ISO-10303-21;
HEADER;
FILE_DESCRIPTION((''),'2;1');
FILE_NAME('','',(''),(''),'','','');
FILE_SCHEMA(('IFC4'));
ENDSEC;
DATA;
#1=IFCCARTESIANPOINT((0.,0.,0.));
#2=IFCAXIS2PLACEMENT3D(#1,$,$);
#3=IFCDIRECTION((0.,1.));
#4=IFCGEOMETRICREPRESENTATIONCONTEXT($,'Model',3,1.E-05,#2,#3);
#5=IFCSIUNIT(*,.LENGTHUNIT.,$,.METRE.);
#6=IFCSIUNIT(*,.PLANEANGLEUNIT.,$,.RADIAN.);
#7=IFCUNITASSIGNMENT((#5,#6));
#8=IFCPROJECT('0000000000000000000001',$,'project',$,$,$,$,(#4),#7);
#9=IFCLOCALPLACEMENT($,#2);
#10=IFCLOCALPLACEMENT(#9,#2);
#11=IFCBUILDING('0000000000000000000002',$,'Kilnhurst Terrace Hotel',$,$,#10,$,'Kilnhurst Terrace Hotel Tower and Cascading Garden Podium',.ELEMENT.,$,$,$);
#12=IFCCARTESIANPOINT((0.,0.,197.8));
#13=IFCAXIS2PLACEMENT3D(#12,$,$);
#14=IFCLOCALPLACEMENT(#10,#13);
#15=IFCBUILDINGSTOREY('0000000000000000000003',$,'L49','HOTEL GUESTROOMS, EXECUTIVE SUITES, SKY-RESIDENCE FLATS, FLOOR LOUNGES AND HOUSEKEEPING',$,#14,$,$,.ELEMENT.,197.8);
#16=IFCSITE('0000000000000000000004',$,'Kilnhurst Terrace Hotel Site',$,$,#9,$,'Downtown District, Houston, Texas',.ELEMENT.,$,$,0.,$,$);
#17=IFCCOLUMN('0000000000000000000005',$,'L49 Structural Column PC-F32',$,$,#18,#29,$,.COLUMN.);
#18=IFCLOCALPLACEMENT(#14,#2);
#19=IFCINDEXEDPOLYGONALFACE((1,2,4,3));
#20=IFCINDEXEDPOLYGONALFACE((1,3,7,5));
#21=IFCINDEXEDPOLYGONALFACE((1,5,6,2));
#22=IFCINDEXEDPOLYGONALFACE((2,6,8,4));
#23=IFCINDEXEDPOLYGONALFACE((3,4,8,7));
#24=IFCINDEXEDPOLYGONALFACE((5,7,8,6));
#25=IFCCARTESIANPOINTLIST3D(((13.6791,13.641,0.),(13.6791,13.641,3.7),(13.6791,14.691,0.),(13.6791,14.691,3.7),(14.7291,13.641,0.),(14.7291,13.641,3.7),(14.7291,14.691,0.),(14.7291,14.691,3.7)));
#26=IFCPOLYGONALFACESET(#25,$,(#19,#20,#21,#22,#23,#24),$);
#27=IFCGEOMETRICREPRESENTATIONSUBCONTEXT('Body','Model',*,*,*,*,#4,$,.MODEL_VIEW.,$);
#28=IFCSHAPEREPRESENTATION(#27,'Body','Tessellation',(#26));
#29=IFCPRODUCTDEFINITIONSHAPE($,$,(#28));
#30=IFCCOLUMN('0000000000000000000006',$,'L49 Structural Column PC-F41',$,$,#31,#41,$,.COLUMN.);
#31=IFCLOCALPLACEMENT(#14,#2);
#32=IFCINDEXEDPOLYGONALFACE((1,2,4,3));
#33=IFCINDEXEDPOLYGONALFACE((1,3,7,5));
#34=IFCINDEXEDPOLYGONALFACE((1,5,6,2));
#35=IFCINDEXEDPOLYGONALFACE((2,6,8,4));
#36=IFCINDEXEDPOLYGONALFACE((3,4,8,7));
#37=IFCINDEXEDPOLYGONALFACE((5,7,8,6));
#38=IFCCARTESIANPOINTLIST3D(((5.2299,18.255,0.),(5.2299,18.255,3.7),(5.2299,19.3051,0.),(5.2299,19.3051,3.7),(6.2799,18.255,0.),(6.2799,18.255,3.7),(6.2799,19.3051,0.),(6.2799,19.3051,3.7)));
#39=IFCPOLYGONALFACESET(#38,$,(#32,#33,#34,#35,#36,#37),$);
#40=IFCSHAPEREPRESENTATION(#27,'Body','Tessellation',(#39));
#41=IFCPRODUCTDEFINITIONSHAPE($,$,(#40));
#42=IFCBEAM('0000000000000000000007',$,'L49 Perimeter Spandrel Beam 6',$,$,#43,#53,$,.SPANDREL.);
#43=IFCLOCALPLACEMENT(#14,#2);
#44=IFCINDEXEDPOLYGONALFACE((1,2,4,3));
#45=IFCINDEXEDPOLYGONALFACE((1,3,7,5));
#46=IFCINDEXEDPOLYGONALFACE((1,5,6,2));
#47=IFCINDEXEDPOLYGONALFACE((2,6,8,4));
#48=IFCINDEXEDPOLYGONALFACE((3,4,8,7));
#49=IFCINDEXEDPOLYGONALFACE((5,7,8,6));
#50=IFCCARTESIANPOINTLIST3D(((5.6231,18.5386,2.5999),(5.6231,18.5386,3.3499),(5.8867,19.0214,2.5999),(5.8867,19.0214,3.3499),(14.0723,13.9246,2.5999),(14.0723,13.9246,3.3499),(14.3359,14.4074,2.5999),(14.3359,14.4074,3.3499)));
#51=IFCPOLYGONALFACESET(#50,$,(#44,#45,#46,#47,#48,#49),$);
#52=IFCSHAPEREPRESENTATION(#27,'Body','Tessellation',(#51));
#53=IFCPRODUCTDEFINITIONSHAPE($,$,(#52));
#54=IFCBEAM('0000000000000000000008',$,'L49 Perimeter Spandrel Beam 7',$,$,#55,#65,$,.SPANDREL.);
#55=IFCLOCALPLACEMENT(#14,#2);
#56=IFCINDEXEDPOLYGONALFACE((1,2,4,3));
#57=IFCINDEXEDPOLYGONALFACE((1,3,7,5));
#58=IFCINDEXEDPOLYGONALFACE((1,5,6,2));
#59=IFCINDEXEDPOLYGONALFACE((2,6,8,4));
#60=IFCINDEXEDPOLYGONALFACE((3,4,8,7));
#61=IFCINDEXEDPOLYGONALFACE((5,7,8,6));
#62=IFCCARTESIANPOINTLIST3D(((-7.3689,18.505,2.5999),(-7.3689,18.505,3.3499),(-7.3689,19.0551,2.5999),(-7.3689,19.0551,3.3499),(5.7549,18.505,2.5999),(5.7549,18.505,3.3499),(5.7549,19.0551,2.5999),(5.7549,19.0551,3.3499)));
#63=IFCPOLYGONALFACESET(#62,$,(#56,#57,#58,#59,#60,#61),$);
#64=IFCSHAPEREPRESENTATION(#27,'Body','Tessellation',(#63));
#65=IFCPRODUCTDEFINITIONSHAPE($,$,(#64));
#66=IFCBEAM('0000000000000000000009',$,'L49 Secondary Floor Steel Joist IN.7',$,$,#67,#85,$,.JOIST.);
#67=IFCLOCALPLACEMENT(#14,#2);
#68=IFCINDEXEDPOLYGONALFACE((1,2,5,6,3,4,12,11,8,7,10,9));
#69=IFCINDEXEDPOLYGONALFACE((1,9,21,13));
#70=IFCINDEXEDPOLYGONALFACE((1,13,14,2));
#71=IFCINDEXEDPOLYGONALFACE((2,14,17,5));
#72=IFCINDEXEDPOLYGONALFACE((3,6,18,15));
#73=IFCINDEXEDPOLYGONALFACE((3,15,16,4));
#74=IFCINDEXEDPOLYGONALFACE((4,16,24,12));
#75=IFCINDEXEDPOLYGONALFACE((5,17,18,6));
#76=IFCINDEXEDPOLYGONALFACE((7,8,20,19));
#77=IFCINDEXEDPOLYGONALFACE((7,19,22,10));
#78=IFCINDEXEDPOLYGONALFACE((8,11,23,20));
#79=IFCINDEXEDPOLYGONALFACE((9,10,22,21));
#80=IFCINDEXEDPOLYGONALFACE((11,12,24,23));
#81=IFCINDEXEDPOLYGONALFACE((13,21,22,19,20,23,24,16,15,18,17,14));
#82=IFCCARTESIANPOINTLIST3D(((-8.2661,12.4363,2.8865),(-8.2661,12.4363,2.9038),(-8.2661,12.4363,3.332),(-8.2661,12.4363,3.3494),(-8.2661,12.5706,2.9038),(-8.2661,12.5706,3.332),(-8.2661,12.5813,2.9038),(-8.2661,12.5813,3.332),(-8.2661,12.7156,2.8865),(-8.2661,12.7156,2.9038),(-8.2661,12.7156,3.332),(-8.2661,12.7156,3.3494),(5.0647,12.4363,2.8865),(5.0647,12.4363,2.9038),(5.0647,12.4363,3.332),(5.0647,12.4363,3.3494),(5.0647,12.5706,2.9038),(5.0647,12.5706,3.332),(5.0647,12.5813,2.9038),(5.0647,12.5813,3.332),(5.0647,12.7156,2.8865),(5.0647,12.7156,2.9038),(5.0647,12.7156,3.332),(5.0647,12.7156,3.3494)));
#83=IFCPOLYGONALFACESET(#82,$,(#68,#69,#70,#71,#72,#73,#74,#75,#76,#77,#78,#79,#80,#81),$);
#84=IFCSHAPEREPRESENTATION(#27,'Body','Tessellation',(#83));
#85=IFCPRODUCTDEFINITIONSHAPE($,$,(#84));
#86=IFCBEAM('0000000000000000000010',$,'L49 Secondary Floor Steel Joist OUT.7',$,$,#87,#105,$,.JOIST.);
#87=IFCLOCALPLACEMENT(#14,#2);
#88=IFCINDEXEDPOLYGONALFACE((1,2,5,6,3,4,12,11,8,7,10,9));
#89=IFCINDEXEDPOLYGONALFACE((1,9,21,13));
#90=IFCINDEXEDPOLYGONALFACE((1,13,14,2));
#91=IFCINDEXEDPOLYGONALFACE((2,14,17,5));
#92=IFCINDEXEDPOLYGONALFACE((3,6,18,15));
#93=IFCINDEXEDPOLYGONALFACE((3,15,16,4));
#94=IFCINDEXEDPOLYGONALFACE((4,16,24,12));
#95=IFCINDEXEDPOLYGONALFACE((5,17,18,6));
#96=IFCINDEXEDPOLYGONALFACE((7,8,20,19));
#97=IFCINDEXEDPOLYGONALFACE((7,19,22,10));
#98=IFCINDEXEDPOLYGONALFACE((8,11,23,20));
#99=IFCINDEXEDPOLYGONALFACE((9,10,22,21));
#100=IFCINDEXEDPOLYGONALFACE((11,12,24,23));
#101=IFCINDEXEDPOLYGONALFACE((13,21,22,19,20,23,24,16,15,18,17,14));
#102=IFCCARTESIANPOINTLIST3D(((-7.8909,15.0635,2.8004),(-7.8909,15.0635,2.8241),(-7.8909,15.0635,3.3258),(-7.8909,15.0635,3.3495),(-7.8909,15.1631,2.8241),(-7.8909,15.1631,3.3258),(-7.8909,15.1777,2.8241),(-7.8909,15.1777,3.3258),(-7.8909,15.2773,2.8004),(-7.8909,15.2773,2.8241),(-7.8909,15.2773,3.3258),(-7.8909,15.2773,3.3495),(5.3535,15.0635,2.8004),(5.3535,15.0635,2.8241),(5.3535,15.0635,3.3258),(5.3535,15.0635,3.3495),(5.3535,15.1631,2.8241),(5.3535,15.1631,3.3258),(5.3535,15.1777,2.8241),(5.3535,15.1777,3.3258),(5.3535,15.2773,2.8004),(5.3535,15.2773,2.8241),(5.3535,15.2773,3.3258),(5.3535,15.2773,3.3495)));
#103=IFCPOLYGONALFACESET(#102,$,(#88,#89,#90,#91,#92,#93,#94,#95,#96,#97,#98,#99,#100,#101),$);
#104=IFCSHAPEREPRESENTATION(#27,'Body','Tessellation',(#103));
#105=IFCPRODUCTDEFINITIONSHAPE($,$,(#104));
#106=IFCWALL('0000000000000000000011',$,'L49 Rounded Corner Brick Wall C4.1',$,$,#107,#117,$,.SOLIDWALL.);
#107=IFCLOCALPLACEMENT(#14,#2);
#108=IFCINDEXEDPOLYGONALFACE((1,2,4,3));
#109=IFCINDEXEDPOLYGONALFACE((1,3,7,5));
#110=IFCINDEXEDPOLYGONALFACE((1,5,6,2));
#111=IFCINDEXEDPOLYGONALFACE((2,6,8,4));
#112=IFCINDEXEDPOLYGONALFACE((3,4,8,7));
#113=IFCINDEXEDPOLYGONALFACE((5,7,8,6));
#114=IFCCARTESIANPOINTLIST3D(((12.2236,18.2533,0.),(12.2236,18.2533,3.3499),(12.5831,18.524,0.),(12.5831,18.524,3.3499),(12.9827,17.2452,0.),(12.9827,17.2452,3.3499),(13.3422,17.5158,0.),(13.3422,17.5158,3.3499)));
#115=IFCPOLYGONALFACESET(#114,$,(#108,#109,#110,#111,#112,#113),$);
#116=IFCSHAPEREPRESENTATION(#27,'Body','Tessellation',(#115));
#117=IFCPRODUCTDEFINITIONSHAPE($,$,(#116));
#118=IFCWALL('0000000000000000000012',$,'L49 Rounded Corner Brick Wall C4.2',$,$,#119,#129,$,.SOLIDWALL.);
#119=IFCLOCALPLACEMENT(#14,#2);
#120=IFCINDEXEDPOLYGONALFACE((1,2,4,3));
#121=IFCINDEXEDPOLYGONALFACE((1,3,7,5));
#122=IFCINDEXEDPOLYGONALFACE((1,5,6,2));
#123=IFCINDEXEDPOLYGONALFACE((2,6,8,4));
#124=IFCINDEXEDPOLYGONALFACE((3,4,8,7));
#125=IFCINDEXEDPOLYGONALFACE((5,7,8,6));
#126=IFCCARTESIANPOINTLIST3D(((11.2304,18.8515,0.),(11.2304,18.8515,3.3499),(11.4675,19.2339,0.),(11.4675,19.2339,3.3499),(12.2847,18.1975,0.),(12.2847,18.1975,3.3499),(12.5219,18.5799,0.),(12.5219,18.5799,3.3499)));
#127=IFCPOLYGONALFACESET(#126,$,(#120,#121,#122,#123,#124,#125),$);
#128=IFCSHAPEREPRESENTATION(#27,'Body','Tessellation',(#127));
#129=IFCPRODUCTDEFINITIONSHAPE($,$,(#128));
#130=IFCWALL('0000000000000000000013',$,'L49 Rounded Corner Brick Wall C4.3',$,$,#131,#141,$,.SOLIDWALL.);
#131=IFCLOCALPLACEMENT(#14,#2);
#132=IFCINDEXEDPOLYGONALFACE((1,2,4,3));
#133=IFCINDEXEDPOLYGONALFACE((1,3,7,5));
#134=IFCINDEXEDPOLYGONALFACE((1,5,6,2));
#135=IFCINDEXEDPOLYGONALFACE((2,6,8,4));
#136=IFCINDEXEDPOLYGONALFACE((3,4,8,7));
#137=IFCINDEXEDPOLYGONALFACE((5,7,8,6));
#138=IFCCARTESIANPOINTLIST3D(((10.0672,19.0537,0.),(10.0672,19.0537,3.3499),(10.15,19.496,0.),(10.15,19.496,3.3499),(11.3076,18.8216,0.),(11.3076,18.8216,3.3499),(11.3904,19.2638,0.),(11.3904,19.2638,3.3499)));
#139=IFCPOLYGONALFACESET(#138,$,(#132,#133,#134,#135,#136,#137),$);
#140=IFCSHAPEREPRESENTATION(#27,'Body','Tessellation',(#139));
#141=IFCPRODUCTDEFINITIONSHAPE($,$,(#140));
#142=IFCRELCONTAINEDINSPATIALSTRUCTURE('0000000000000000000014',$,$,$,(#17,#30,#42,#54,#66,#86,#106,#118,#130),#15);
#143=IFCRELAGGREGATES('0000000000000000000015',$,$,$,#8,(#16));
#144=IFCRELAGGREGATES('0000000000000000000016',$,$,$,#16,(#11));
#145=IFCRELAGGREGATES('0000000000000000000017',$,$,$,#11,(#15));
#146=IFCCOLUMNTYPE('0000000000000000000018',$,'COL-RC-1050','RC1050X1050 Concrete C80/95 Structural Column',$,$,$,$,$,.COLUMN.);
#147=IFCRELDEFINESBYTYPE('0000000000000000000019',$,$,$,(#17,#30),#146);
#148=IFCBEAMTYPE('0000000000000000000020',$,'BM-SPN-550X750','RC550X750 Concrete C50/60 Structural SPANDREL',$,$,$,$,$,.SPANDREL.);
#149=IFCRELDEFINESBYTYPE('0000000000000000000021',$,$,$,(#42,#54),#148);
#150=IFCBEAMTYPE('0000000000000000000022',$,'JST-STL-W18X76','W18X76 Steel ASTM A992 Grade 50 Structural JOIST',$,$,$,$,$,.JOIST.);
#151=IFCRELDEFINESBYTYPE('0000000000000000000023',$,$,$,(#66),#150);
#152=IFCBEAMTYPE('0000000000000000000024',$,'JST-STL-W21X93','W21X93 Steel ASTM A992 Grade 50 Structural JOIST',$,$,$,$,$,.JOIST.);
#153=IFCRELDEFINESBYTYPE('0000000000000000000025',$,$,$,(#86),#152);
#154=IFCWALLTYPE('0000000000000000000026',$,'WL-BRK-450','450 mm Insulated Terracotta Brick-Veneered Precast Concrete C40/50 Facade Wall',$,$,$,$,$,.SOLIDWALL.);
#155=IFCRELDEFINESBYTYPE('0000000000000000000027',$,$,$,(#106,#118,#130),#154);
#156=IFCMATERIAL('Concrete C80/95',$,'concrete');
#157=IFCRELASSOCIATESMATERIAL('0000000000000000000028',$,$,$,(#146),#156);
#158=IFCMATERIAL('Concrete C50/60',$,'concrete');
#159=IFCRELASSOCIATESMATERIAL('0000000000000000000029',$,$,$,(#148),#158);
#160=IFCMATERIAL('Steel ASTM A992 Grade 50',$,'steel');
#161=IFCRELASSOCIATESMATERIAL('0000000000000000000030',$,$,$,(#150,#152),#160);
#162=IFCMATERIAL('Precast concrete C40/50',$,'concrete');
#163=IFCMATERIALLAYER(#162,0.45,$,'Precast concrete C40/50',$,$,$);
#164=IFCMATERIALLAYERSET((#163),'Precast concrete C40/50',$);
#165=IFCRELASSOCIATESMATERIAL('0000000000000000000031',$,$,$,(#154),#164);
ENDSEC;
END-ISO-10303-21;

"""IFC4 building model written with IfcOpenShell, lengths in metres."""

from ifc_helpers import new_model, si_unit, direction, frame, frame_2d, origin, origin_2d, place, context, subcontext, project, spatial, rectangle, i_section, extrude, material, layer, layer_set, material_profile, profile_set, type_object, element, save


model = new_model("IFC4")

# Units and contexts
model_context = context("Model", 3, precision=1e-05, world=origin(), true_north=direction((0.0, 1.0)))
body_context = subcontext(model_context, "Body", "Model", "MODEL_VIEW")
ifc_project = project(units=[si_unit("LENGTHUNIT", "METRE"), si_unit("PLANEANGLEUNIT", "RADIAN")], contexts=[model_context])

# Site, building, storey
site_placement = place(None, origin())
site = spatial("IfcSite", under=ifc_project, at=site_placement, Name="Kilnhurst Terrace Hotel Site", LongName="Downtown District, Houston, Texas", CompositionType="ELEMENT", RefElevation=0.0)
building_placement = place(site_placement, origin())
building = spatial("IfcBuilding", under=site, at=building_placement, Name="Kilnhurst Terrace Hotel", LongName="Kilnhurst Terrace Hotel Tower and Cascading Garden Podium", CompositionType="ELEMENT")
storey_placement = place(building_placement, frame((0.0, 0.0, 197.8)))
storey = spatial("IfcBuildingStorey", under=building, at=storey_placement, Name="L49", Description="HOTEL GUESTROOMS, EXECUTIVE SUITES, SKY-RESIDENCE FLATS, FLOOR LOUNGES AND HOUSEKEEPING", CompositionType="ELEMENT", Elevation=197.8)

# Columns
ifc_material_1 = material(Name="Concrete C80/95", Category="concrete")
ifc_material_profile_1 = material_profile(ifc_material_1, rectangle(XDim=1.05, YDim=1.05, at=origin_2d()), Name="RC1050X1050")
ifc_profile_set_1 = profile_set([ifc_material_profile_1], Name="Concrete C80/95")
column_type = type_object("IfcColumnType", Name="COL-RC-1050", Description="RC1050X1050 Concrete C80/95 Structural Column", PredefinedType="COLUMN", material=ifc_profile_set_1)
for number, where, z_axis, x_axis, name in (
    (1, (14.2041, 14.166, 0.0), (0.0, 0.0, 1.0), (1.0, 0.0, 0.0), "L49 Structural Column PC-F32"),
    (2, (5.7549, 18.78, 0.0), (0.0, 0.0, 1.0), (1.0, 0.0, 0.0), "L49 Structural Column PC-F41"),
):
    element("IfcColumn", number, at=place(storey_placement, frame(where, z_axis=z_axis, x_axis=x_axis)), inside=storey, type_object=column_type, Name=name, PredefinedType="COLUMN", context=body_context, shape_type="SweptSolid", body=[
        extrude(rectangle(XDim=1.05, YDim=1.05, at=origin_2d()), origin(), (0.0, 0.0, 1.0), 3.7),
    ])

# Beams
ifc_material_2 = material(Name="Concrete C50/60", Category="concrete")
ifc_material_profile_2 = material_profile(ifc_material_2, rectangle(XDim=0.55, YDim=0.75, at=origin_2d()), Name="RC550X750")
ifc_profile_set_2 = profile_set([ifc_material_profile_2], Name="Concrete C50/60")
beam_type_1 = type_object("IfcBeamType", Name="BM-SPN-550X750", Description="RC550X750 Concrete C50/60 Structural SPANDREL", PredefinedType="SPANDREL", material=ifc_profile_set_2)
beam_1_placement = place(storey_placement, frame((14.2041, 14.166, 2.9749), z_axis=(-0.877662, 0.47928, 0.0), x_axis=(-0.47928, -0.877662, 0.0)))
element("IfcBeam", 3, at=beam_1_placement, inside=storey, type_object=beam_type_1, Name="L49 Perimeter Spandrel Beam 6", PredefinedType="SPANDREL", context=body_context, shape_type="SweptSolid", body=[
    extrude(rectangle(XDim=0.55, YDim=0.75, at=origin_2d()), origin(), (0.0, 0.0, 1.0), 9.627),
])
beam_2_placement = place(storey_placement, frame((5.7549, 18.78, 2.9749), z_axis=(-1.0, 0.0, 0.0), x_axis=(0.0, -1.0, 0.0)))
element("IfcBeam", 4, at=beam_2_placement, inside=storey, type_object=beam_type_1, Name="L49 Perimeter Spandrel Beam 7", PredefinedType="SPANDREL", context=body_context, shape_type="SweptSolid", body=[
    extrude(rectangle(XDim=0.55, YDim=0.75, at=origin_2d()), origin(), (0.0, 0.0, 1.0), 13.1238),
])
ifc_material_3 = material(Name="Steel ASTM A992 Grade 50", Category="steel")
ifc_material_profile_3 = material_profile(ifc_material_3, i_section(OverallWidth=0.2793, OverallDepth=0.4629, WebThickness=0.0107, FlangeThickness=0.0173, at=origin_2d()), Name="W18X76")
ifc_profile_set_3 = profile_set([ifc_material_profile_3], Name="Steel ASTM A992 Grade 50")
beam_type_2 = type_object("IfcBeamType", Name="JST-STL-W18X76", Description="W18X76 Steel ASTM A992 Grade 50 Structural JOIST", PredefinedType="JOIST", material=ifc_profile_set_3)
beam_3_placement = place(storey_placement, frame((5.0647, 12.5759, 3.1179), z_axis=(-1.0, 0.0, 0.0), x_axis=(0.0, -1.0, 0.0)))
element("IfcBeam", 5, at=beam_3_placement, inside=storey, type_object=beam_type_2, Name="L49 Secondary Floor Steel Joist IN.7", PredefinedType="JOIST", context=body_context, shape_type="SweptSolid", body=[
    extrude(i_section(OverallWidth=0.2793, OverallDepth=0.4629, WebThickness=0.0107, FlangeThickness=0.0173, at=origin_2d()), origin(), (0.0, 0.0, 1.0), 13.3308),
])
ifc_material_profile_4 = material_profile(ifc_material_3, i_section(OverallWidth=0.2139, OverallDepth=0.5491, WebThickness=0.0146, FlangeThickness=0.0237, at=origin_2d()), Name="W21X93")
ifc_profile_set_4 = profile_set([ifc_material_profile_4], Name="Steel ASTM A992 Grade 50")
beam_type_3 = type_object("IfcBeamType", Name="JST-STL-W21X93", Description="W21X93 Steel ASTM A992 Grade 50 Structural JOIST", PredefinedType="JOIST", material=ifc_profile_set_4)
beam_4_placement = place(storey_placement, frame((5.3535, 15.1704, 3.075), z_axis=(-1.0, 0.0, 0.0), x_axis=(0.0, -1.0, 0.0)))
element("IfcBeam", 6, at=beam_4_placement, inside=storey, type_object=beam_type_3, Name="L49 Secondary Floor Steel Joist OUT.7", PredefinedType="JOIST", context=body_context, shape_type="SweptSolid", body=[
    extrude(i_section(OverallWidth=0.2139, OverallDepth=0.5491, WebThickness=0.0146, FlangeThickness=0.0237, at=origin_2d()), origin(), (0.0, 0.0, 1.0), 13.2444),
])

# Walls
ifc_material_4 = material(Name="Precast concrete C40/50", Category="concrete")
ifc_layer_1 = layer(ifc_material_4, 0.45, Name="Precast concrete C40/50")
ifc_layer_set_1 = layer_set([ifc_layer_1], Name="Precast concrete C40/50")
wall_type_1 = type_object("IfcWallType", Name="WL-BRK-450", Description="450 mm Insulated Terracotta Brick-Veneered Precast Concrete C40/50 Facade Wall", PredefinedType="SOLIDWALL", material=ifc_layer_set_1)
wall_1_placement = place(storey_placement, frame((13.1624, 17.3806, 0.0), z_axis=(0.0, 0.0, 1.0), x_axis=(-0.601516, 0.798861, 0.0)))
element("IfcWall", 7, at=wall_1_placement, inside=storey, type_object=wall_type_1, Name="L49 Rounded Corner Brick Wall C4.1", PredefinedType="SOLIDWALL", context=body_context, shape_type="SweptSolid", body=[
    extrude(rectangle(XDim=1.262, YDim=0.45, at=frame_2d((0.6309, 0.0))), origin(), (0.0, 0.0, 1.0), 3.3499),
])
wall_2_placement = place(storey_placement, frame((12.4033, 18.3887, 0.0), z_axis=(0.0, 0.0, 1.0), x_axis=(-0.849795, 0.527113, 0.0)))
element("IfcWall", 8, at=wall_2_placement, inside=storey, type_object=wall_type_1, Name="L49 Rounded Corner Brick Wall C4.2", PredefinedType="SOLIDWALL", context=body_context, shape_type="SweptSolid", body=[
    extrude(rectangle(XDim=1.2407, YDim=0.45, at=frame_2d((0.6204, 0.0))), origin(), (0.0, 0.0, 1.0), 3.3499),
])
wall_3_placement = place(storey_placement, frame((11.3489, 19.0427, 0.0), z_axis=(0.0, 0.0, 1.0), x_axis=(-0.982931, 0.183973, 0.0)))
element("IfcWall", 9, at=wall_3_placement, inside=storey, type_object=wall_type_1, Name="L49 Rounded Corner Brick Wall C4.3", PredefinedType="SOLIDWALL", context=body_context, shape_type="SweptSolid", body=[
    extrude(rectangle(XDim=1.262, YDim=0.45, at=frame_2d((0.6309, 0.0))), origin(), (0.0, 0.0, 1.0), 3.3499),
])

save(model, "model.ifc")
